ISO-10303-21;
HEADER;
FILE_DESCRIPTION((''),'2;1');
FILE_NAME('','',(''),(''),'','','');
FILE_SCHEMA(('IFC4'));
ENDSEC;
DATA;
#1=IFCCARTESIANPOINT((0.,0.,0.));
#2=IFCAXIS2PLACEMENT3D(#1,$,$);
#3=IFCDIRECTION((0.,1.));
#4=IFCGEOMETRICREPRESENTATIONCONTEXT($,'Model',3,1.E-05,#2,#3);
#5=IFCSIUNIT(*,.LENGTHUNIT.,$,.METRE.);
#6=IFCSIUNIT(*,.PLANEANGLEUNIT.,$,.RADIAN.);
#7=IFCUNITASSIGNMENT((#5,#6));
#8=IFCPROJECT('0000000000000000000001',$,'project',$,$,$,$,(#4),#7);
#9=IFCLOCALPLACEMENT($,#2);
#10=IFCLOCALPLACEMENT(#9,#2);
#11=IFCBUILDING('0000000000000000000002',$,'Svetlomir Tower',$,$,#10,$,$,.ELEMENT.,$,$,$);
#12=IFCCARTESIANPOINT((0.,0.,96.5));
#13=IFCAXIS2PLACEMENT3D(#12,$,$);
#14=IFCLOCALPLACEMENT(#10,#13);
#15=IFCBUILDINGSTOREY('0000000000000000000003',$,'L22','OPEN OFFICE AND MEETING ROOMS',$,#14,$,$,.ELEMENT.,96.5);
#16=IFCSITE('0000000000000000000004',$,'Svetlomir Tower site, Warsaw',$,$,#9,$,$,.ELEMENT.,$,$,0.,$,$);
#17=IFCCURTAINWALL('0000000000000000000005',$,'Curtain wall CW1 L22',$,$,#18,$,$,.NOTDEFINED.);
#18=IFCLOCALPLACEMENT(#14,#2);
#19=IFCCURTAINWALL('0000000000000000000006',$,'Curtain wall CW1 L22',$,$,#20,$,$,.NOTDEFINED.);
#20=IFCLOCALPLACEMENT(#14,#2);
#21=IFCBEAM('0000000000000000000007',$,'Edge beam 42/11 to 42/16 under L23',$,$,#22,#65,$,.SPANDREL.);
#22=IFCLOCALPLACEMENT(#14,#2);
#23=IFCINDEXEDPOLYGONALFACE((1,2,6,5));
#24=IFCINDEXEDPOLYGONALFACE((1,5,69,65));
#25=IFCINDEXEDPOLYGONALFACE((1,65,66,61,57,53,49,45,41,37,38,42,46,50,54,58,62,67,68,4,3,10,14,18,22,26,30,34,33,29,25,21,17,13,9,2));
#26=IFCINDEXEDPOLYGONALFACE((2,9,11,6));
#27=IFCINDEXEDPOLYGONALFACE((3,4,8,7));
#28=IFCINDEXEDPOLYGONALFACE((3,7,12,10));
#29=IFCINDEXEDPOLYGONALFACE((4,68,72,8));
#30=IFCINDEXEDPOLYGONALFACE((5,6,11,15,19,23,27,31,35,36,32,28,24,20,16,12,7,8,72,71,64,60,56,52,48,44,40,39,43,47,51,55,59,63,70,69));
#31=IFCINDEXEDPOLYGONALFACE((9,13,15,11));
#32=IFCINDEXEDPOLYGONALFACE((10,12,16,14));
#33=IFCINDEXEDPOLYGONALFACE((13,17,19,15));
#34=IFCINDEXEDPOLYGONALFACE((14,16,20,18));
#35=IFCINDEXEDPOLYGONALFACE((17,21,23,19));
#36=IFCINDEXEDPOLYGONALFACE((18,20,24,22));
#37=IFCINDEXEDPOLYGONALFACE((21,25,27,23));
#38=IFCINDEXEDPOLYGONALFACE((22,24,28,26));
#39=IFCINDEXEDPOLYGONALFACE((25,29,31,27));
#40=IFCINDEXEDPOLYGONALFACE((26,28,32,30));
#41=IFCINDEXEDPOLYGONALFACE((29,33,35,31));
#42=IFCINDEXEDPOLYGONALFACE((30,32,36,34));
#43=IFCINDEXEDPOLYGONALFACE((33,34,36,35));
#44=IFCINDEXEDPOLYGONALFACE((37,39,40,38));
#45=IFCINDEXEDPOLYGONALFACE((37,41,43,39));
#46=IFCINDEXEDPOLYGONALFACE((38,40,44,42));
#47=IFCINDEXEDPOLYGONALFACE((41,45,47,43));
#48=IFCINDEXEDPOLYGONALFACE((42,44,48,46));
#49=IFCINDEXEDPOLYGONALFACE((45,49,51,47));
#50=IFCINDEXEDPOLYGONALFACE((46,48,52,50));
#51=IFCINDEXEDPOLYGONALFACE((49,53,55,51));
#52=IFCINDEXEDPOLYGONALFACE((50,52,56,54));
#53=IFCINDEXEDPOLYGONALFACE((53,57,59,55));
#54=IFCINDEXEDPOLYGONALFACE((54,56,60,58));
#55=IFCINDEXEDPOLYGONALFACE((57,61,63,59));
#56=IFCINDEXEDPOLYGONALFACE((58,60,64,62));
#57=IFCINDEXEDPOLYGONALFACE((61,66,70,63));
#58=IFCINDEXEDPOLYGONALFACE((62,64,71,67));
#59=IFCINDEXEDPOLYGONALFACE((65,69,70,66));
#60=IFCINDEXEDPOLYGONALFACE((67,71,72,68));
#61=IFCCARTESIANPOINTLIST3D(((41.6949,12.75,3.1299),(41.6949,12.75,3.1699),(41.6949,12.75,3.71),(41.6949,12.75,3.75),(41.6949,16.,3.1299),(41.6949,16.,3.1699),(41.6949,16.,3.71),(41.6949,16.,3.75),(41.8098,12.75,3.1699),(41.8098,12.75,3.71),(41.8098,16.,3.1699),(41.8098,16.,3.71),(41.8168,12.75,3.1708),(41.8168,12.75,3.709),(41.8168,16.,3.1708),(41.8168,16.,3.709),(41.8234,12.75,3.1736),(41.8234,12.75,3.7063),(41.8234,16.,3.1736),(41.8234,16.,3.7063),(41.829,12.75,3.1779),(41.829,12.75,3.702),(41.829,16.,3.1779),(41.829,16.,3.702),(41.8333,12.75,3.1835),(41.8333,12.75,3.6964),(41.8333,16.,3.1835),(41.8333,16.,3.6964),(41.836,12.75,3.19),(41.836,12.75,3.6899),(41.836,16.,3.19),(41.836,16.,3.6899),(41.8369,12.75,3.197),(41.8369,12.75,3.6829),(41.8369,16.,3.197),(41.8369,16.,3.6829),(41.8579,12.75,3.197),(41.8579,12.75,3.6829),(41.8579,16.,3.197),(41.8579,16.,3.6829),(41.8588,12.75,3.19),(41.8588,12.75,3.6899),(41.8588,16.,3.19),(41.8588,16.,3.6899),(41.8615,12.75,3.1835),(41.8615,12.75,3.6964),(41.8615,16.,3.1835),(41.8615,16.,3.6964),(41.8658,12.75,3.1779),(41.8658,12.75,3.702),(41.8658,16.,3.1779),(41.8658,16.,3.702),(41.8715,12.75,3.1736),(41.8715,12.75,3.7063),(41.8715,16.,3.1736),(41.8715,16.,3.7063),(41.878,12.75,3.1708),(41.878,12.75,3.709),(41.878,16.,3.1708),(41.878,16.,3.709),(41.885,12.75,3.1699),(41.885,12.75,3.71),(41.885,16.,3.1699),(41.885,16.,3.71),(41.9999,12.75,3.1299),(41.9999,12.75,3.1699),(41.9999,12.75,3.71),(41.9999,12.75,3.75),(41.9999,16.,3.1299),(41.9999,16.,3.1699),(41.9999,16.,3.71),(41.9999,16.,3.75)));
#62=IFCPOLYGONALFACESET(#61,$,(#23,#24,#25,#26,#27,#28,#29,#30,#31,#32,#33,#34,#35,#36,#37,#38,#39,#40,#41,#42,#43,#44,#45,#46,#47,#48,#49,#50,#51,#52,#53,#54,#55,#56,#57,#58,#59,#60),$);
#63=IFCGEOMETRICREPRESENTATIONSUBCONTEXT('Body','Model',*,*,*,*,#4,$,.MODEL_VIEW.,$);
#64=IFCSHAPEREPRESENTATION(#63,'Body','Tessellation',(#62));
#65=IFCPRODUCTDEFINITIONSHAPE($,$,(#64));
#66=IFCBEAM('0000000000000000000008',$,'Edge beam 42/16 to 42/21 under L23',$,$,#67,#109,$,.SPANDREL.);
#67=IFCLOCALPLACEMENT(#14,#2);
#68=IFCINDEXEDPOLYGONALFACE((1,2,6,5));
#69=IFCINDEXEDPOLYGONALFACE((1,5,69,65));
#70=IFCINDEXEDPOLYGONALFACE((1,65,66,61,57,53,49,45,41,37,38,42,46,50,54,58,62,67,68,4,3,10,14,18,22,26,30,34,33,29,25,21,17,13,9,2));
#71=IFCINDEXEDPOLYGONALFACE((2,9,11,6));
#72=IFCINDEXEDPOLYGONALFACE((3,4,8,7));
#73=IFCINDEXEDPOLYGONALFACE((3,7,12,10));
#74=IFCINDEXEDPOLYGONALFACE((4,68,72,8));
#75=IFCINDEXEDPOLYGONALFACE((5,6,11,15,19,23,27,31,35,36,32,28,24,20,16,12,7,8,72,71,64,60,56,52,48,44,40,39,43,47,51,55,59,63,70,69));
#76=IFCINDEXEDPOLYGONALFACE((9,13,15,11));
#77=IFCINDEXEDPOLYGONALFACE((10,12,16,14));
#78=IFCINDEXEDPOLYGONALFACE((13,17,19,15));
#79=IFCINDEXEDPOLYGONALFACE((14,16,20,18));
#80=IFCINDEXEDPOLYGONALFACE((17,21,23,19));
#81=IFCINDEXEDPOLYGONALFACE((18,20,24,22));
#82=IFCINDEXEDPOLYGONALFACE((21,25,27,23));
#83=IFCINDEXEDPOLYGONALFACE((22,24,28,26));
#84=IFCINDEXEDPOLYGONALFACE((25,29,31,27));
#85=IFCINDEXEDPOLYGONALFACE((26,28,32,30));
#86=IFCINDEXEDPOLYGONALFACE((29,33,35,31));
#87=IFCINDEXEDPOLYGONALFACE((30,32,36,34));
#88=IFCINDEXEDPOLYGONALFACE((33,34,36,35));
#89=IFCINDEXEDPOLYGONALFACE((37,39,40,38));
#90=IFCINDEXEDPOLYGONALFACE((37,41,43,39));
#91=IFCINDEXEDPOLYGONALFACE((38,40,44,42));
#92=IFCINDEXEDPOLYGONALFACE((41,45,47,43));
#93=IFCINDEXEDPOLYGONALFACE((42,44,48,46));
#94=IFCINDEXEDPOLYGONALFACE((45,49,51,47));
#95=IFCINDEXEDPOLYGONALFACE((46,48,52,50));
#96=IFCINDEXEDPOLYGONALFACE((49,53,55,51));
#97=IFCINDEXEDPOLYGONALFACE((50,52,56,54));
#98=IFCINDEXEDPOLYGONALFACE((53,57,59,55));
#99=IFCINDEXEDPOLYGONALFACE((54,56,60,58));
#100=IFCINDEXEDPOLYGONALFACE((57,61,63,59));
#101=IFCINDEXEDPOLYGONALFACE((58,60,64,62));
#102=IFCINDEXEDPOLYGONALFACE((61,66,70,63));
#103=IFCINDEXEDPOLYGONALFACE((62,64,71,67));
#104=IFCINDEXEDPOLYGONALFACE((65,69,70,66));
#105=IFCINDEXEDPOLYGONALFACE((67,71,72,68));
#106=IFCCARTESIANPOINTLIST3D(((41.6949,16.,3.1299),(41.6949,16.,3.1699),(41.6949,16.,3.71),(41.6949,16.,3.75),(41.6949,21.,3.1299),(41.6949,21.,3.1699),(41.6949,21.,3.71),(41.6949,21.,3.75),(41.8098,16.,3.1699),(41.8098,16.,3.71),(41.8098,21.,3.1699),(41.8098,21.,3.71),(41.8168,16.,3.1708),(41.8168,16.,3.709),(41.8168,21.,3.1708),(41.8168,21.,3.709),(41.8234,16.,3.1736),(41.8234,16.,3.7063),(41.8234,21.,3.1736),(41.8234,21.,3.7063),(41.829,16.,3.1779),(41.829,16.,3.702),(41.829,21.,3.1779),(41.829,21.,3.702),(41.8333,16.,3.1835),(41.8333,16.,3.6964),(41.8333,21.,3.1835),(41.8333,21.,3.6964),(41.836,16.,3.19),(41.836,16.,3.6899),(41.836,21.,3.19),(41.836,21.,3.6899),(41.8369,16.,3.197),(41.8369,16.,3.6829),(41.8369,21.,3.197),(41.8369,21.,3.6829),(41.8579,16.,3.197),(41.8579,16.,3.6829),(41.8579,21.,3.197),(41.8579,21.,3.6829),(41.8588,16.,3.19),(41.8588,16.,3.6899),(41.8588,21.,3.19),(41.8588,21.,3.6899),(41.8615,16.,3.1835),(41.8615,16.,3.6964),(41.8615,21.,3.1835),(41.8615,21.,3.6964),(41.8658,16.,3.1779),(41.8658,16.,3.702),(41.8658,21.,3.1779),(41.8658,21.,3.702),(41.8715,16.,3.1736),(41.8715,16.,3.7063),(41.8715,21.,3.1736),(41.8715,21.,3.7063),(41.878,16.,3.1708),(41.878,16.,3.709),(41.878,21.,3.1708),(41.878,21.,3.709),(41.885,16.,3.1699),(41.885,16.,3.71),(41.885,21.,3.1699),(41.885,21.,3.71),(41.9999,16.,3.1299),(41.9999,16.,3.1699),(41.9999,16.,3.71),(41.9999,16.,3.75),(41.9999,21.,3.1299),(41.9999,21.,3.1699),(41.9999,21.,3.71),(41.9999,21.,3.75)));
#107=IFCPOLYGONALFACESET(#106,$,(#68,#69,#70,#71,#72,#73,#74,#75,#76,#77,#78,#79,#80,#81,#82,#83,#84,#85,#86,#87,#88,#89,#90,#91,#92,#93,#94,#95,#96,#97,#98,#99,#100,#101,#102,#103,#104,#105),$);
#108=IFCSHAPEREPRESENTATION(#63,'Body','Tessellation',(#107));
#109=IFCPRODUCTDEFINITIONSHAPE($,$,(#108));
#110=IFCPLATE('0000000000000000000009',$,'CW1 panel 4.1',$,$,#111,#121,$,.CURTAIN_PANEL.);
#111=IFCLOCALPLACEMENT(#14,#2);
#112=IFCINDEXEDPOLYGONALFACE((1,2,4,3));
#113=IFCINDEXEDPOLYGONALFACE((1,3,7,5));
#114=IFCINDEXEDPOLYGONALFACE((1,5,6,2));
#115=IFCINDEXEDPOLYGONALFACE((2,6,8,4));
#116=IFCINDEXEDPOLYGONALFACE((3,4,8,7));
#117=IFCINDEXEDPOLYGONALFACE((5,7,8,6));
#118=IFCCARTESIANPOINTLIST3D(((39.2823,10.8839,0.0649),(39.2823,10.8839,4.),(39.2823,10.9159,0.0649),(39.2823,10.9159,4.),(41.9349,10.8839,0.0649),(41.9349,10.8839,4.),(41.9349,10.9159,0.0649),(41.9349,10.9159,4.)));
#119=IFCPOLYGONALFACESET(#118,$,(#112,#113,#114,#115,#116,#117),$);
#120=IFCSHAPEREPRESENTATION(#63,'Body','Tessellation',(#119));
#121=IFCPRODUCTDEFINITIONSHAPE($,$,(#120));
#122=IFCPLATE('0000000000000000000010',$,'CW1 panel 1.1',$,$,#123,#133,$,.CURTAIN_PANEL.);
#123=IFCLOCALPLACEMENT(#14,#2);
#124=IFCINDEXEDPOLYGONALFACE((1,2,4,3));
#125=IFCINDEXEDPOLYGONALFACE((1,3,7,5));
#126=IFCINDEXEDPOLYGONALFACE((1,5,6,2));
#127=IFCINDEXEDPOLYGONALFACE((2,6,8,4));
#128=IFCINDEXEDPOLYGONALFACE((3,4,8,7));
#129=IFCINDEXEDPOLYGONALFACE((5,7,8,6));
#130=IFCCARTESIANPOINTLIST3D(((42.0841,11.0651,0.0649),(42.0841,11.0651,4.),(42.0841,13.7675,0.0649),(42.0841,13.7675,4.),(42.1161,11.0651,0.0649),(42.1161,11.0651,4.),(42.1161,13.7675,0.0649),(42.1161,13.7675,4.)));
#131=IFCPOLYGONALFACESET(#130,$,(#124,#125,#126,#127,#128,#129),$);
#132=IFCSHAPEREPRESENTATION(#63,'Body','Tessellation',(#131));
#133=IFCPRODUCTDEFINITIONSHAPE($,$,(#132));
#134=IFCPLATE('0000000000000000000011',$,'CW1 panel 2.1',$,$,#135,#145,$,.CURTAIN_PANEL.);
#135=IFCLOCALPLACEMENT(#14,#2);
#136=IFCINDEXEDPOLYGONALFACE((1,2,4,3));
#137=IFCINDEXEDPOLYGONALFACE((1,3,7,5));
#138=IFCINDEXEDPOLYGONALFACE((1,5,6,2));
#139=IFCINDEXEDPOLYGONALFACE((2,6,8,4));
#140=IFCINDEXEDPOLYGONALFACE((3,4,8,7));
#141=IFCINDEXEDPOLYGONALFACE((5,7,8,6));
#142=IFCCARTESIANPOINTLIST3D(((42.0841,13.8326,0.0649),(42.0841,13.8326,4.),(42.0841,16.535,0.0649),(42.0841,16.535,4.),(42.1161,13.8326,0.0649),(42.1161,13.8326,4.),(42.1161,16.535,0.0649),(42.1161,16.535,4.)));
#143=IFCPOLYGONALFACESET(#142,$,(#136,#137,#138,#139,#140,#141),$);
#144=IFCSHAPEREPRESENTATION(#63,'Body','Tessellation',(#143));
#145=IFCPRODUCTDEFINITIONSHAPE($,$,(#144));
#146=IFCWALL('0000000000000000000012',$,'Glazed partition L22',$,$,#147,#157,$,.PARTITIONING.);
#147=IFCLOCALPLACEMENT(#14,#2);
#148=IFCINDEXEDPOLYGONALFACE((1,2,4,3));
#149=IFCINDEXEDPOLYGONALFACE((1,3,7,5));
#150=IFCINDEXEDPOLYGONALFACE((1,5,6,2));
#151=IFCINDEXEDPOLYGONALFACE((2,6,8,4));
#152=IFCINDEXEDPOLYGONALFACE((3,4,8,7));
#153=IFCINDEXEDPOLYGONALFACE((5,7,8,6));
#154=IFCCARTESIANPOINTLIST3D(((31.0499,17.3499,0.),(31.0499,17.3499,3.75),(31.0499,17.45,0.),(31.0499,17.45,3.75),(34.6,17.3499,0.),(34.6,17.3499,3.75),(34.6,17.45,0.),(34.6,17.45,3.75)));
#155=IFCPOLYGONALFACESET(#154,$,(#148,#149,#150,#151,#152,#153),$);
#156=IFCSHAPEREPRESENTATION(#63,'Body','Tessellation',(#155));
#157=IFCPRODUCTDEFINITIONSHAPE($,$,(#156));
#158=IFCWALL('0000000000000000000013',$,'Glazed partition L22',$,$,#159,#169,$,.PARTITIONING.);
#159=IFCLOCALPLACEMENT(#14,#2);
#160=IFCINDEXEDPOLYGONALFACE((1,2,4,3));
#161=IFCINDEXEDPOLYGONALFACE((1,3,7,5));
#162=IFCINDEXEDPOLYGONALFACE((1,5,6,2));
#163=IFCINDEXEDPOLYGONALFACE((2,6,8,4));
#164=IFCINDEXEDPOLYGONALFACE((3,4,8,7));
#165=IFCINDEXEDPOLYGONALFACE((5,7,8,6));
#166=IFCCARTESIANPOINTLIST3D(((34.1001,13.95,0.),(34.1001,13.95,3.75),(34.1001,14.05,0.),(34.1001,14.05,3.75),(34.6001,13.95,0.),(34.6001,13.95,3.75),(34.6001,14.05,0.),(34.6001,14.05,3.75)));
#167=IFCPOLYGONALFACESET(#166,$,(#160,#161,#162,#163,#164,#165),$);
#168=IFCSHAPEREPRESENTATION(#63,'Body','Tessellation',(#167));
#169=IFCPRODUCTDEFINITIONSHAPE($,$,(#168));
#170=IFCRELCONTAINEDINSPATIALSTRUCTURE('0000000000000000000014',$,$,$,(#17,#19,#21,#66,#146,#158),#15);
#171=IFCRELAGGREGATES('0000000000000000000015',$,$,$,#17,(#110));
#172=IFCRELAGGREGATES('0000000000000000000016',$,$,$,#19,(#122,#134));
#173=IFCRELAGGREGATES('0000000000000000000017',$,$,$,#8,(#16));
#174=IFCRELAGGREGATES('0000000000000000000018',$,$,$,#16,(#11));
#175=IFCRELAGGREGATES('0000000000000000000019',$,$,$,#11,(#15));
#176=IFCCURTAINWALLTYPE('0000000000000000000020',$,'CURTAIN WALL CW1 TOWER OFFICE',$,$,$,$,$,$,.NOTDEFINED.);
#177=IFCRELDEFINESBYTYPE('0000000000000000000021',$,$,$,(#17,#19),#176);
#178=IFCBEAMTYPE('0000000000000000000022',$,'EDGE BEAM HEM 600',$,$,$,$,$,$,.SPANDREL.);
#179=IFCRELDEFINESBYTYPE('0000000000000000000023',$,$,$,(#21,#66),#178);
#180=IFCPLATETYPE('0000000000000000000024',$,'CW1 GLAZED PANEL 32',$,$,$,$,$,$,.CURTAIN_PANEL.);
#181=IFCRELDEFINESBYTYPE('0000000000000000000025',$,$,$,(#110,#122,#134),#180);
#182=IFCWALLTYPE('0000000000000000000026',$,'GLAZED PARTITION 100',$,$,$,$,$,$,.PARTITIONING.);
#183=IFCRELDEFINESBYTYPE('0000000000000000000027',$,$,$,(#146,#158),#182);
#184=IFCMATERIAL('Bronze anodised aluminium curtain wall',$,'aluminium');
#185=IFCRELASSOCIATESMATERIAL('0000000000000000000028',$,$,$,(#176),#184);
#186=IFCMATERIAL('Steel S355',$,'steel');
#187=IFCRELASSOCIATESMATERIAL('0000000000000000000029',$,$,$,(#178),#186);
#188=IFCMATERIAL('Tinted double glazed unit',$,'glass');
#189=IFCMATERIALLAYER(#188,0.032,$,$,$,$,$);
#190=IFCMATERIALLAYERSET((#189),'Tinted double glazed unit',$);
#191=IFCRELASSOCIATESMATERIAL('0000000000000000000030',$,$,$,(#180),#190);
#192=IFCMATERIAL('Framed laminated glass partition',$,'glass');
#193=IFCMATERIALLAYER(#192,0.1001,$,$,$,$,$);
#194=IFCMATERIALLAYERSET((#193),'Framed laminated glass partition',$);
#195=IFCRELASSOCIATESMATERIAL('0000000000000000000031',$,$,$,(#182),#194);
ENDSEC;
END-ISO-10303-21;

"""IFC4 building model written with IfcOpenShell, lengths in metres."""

from ifc_helpers import new_model, si_unit, direction, frame, frame_2d, origin, origin_2d, place, context, subcontext, project, spatial, rectangle, i_section, extrude, material, layer, layer_set, material_profile, profile_set, type_object, element, aggregate, save


model = new_model("IFC4")

# Units and contexts
model_context = context("Model", 3, precision=1e-05, world=origin(), true_north=direction((0.0, 1.0)))
body_context = subcontext(model_context, "Body", "Model", "MODEL_VIEW")
ifc_project = project(units=[si_unit("LENGTHUNIT", "METRE"), si_unit("PLANEANGLEUNIT", "RADIAN")], contexts=[model_context])

# Site, building, storey
site_placement = place(None, origin())
site = spatial("IfcSite", under=ifc_project, at=site_placement, Name="Svetlomir Tower site, Warsaw", CompositionType="ELEMENT", RefElevation=0.0)
building_placement = place(site_placement, origin())
building = spatial("IfcBuilding", under=site, at=building_placement, Name="Svetlomir Tower", CompositionType="ELEMENT")
storey_placement = place(building_placement, frame((0.0, 0.0, 96.5)))
storey = spatial("IfcBuildingStorey", under=building, at=storey_placement, Name="L22", Description="OPEN OFFICE AND MEETING ROOMS", CompositionType="ELEMENT", Elevation=96.5)

# Curtain wall
ifc_material_1 = material(Name="Bronze anodised aluminium curtain wall", Category="aluminium")
curtain_wall_type = type_object("IfcCurtainWallType", Name="CURTAIN WALL CW1 TOWER OFFICE", PredefinedType="NOTDEFINED", material=ifc_material_1)
curtain_wall_1_placement = place(storey_placement, origin())
curtain_wall_1 = element("IfcCurtainWall", 1, at=curtain_wall_1_placement, inside=storey, type_object=curtain_wall_type, Name="Curtain wall CW1 L22", PredefinedType="NOTDEFINED")

# Curtain wall
curtain_wall_2_placement = place(storey_placement, origin())
curtain_wall_2 = element("IfcCurtainWall", 2, at=curtain_wall_2_placement, inside=storey, type_object=curtain_wall_type, Name="Curtain wall CW1 L22", PredefinedType="NOTDEFINED")

# Beams
ifc_material_2 = material(Name="Steel S355", Category="steel")
ifc_material_profile_1 = material_profile(ifc_material_2, i_section(OverallWidth=0.3049, OverallDepth=0.6201, WebThickness=0.021, FlangeThickness=0.04, FilletRadius=0.0271, at=origin_2d()), Name="HEM 600")
ifc_profile_set_1 = profile_set([ifc_material_profile_1], Name="Steel S355")
beam_type_1 = type_object("IfcBeamType", Name="EDGE BEAM HEM 600", PredefinedType="SPANDREL", material=ifc_profile_set_1)
beam_1_placement = place(storey_placement, frame((41.8474, 12.75, 3.4399), z_axis=(0.0, 1.0, 0.0), x_axis=(-1.0, 0.0, 0.0)))
element("IfcBeam", 3, at=beam_1_placement, inside=storey, type_object=beam_type_1, Name="Edge beam 42/11 to 42/16 under L23", PredefinedType="SPANDREL", context=body_context, shape_type="SweptSolid", body=[
    extrude(i_section(OverallWidth=0.3049, OverallDepth=0.6201, WebThickness=0.021, FlangeThickness=0.04, FilletRadius=0.0271, at=origin_2d()), origin(), (0.0, 0.0, 1.0), 3.25),
])
beam_2_placement = place(storey_placement, frame((41.8474, 16.0, 3.4399), z_axis=(0.0, 1.0, 0.0), x_axis=(-1.0, 0.0, 0.0)))
element("IfcBeam", 4, at=beam_2_placement, inside=storey, type_object=beam_type_1, Name="Edge beam 42/16 to 42/21 under L23", PredefinedType="SPANDREL", context=body_context, shape_type="SweptSolid", body=[
    extrude(i_section(OverallWidth=0.3049, OverallDepth=0.6201, WebThickness=0.021, FlangeThickness=0.04, FilletRadius=0.0271, at=origin_2d()), origin(), (0.0, 0.0, 1.0), 5.0),
])

# Plates
ifc_material_3 = material(Name="Tinted double glazed unit", Category="glass")
ifc_layer_1 = layer(ifc_material_3, 0.032)
ifc_layer_set_1 = layer_set([ifc_layer_1], Name="Tinted double glazed unit")
plate_type = type_object("IfcPlateType", Name="CW1 GLAZED PANEL 32", PredefinedType="CURTAIN_PANEL", material=ifc_layer_set_1)
plate_1_placement = place(storey_placement, frame((40.6086, 10.8999, 0.0649), z_axis=(0.0, 0.0, 1.0), x_axis=(1.0, 0.0, 0.0)))
plate_1 = element("IfcPlate", 5, at=plate_1_placement, type_object=plate_type, Name="CW1 panel 4.1", PredefinedType="CURTAIN_PANEL", context=body_context, shape_type="SweptSolid", body=[
    extrude(rectangle(XDim=2.6526, YDim=0.032, at=origin_2d()), origin(), (0.0, 0.0, 1.0), 3.9351),
])
aggregate(curtain_wall_1, [plate_1])
plate_2_placement = place(storey_placement, frame((42.1001, 12.4163, 0.0649), z_axis=(0.0, 0.0, 1.0), x_axis=(0.0, 1.0, 0.0)))
plate_2 = element("IfcPlate", 6, at=plate_2_placement, type_object=plate_type, Name="CW1 panel 1.1", PredefinedType="CURTAIN_PANEL", context=body_context, shape_type="SweptSolid", body=[
    extrude(rectangle(XDim=2.7024, YDim=0.032, at=origin_2d()), origin(), (0.0, 0.0, 1.0), 3.9351),
])
plate_3_placement = place(storey_placement, frame((42.1001, 15.1838, 0.0649), z_axis=(0.0, 0.0, 1.0), x_axis=(0.0, 1.0, 0.0)))
plate_3 = element("IfcPlate", 7, at=plate_3_placement, type_object=plate_type, Name="CW1 panel 2.1", PredefinedType="CURTAIN_PANEL", context=body_context, shape_type="SweptSolid", body=[
    extrude(rectangle(XDim=2.7024, YDim=0.032, at=origin_2d()), origin(), (0.0, 0.0, 1.0), 3.9351),
])
aggregate(curtain_wall_2, [plate_2, plate_3])

# Walls
ifc_material_4 = material(Name="Framed laminated glass partition", Category="glass")
ifc_layer_2 = layer(ifc_material_4, 0.1001)
ifc_layer_set_2 = layer_set([ifc_layer_2], Name="Framed laminated glass partition")
wall_type_1 = type_object("IfcWallType", Name="GLAZED PARTITION 100", PredefinedType="PARTITIONING", material=ifc_layer_set_2)
wall_1_placement = place(storey_placement, frame((31.05, 17.3999, 0.0), z_axis=(0.0, 0.0, 1.0), x_axis=(1.0, 0.0, 0.0)))
element("IfcWall", 8, at=wall_1_placement, inside=storey, type_object=wall_type_1, Name="Glazed partition L22", PredefinedType="PARTITIONING", context=body_context, shape_type="SweptSolid", body=[
    extrude(rectangle(XDim=3.55, YDim=0.1001, at=frame_2d((1.7749, 0.0))), origin(), (0.0, 0.0, 1.0), 3.75),
])
wall_2_placement = place(storey_placement, frame((34.1001, 14.0, 0.0), z_axis=(0.0, 0.0, 1.0), x_axis=(1.0, 0.0, 0.0)))
element("IfcWall", 9, at=wall_2_placement, inside=storey, type_object=wall_type_1, Name="Glazed partition L22", PredefinedType="PARTITIONING", context=body_context, shape_type="SweptSolid", body=[
    extrude(rectangle(XDim=0.5, YDim=0.1001, at=frame_2d((0.25, 0.0))), origin(), (0.0, 0.0, 1.0), 3.75),
])

save(model, "model.ifc")
